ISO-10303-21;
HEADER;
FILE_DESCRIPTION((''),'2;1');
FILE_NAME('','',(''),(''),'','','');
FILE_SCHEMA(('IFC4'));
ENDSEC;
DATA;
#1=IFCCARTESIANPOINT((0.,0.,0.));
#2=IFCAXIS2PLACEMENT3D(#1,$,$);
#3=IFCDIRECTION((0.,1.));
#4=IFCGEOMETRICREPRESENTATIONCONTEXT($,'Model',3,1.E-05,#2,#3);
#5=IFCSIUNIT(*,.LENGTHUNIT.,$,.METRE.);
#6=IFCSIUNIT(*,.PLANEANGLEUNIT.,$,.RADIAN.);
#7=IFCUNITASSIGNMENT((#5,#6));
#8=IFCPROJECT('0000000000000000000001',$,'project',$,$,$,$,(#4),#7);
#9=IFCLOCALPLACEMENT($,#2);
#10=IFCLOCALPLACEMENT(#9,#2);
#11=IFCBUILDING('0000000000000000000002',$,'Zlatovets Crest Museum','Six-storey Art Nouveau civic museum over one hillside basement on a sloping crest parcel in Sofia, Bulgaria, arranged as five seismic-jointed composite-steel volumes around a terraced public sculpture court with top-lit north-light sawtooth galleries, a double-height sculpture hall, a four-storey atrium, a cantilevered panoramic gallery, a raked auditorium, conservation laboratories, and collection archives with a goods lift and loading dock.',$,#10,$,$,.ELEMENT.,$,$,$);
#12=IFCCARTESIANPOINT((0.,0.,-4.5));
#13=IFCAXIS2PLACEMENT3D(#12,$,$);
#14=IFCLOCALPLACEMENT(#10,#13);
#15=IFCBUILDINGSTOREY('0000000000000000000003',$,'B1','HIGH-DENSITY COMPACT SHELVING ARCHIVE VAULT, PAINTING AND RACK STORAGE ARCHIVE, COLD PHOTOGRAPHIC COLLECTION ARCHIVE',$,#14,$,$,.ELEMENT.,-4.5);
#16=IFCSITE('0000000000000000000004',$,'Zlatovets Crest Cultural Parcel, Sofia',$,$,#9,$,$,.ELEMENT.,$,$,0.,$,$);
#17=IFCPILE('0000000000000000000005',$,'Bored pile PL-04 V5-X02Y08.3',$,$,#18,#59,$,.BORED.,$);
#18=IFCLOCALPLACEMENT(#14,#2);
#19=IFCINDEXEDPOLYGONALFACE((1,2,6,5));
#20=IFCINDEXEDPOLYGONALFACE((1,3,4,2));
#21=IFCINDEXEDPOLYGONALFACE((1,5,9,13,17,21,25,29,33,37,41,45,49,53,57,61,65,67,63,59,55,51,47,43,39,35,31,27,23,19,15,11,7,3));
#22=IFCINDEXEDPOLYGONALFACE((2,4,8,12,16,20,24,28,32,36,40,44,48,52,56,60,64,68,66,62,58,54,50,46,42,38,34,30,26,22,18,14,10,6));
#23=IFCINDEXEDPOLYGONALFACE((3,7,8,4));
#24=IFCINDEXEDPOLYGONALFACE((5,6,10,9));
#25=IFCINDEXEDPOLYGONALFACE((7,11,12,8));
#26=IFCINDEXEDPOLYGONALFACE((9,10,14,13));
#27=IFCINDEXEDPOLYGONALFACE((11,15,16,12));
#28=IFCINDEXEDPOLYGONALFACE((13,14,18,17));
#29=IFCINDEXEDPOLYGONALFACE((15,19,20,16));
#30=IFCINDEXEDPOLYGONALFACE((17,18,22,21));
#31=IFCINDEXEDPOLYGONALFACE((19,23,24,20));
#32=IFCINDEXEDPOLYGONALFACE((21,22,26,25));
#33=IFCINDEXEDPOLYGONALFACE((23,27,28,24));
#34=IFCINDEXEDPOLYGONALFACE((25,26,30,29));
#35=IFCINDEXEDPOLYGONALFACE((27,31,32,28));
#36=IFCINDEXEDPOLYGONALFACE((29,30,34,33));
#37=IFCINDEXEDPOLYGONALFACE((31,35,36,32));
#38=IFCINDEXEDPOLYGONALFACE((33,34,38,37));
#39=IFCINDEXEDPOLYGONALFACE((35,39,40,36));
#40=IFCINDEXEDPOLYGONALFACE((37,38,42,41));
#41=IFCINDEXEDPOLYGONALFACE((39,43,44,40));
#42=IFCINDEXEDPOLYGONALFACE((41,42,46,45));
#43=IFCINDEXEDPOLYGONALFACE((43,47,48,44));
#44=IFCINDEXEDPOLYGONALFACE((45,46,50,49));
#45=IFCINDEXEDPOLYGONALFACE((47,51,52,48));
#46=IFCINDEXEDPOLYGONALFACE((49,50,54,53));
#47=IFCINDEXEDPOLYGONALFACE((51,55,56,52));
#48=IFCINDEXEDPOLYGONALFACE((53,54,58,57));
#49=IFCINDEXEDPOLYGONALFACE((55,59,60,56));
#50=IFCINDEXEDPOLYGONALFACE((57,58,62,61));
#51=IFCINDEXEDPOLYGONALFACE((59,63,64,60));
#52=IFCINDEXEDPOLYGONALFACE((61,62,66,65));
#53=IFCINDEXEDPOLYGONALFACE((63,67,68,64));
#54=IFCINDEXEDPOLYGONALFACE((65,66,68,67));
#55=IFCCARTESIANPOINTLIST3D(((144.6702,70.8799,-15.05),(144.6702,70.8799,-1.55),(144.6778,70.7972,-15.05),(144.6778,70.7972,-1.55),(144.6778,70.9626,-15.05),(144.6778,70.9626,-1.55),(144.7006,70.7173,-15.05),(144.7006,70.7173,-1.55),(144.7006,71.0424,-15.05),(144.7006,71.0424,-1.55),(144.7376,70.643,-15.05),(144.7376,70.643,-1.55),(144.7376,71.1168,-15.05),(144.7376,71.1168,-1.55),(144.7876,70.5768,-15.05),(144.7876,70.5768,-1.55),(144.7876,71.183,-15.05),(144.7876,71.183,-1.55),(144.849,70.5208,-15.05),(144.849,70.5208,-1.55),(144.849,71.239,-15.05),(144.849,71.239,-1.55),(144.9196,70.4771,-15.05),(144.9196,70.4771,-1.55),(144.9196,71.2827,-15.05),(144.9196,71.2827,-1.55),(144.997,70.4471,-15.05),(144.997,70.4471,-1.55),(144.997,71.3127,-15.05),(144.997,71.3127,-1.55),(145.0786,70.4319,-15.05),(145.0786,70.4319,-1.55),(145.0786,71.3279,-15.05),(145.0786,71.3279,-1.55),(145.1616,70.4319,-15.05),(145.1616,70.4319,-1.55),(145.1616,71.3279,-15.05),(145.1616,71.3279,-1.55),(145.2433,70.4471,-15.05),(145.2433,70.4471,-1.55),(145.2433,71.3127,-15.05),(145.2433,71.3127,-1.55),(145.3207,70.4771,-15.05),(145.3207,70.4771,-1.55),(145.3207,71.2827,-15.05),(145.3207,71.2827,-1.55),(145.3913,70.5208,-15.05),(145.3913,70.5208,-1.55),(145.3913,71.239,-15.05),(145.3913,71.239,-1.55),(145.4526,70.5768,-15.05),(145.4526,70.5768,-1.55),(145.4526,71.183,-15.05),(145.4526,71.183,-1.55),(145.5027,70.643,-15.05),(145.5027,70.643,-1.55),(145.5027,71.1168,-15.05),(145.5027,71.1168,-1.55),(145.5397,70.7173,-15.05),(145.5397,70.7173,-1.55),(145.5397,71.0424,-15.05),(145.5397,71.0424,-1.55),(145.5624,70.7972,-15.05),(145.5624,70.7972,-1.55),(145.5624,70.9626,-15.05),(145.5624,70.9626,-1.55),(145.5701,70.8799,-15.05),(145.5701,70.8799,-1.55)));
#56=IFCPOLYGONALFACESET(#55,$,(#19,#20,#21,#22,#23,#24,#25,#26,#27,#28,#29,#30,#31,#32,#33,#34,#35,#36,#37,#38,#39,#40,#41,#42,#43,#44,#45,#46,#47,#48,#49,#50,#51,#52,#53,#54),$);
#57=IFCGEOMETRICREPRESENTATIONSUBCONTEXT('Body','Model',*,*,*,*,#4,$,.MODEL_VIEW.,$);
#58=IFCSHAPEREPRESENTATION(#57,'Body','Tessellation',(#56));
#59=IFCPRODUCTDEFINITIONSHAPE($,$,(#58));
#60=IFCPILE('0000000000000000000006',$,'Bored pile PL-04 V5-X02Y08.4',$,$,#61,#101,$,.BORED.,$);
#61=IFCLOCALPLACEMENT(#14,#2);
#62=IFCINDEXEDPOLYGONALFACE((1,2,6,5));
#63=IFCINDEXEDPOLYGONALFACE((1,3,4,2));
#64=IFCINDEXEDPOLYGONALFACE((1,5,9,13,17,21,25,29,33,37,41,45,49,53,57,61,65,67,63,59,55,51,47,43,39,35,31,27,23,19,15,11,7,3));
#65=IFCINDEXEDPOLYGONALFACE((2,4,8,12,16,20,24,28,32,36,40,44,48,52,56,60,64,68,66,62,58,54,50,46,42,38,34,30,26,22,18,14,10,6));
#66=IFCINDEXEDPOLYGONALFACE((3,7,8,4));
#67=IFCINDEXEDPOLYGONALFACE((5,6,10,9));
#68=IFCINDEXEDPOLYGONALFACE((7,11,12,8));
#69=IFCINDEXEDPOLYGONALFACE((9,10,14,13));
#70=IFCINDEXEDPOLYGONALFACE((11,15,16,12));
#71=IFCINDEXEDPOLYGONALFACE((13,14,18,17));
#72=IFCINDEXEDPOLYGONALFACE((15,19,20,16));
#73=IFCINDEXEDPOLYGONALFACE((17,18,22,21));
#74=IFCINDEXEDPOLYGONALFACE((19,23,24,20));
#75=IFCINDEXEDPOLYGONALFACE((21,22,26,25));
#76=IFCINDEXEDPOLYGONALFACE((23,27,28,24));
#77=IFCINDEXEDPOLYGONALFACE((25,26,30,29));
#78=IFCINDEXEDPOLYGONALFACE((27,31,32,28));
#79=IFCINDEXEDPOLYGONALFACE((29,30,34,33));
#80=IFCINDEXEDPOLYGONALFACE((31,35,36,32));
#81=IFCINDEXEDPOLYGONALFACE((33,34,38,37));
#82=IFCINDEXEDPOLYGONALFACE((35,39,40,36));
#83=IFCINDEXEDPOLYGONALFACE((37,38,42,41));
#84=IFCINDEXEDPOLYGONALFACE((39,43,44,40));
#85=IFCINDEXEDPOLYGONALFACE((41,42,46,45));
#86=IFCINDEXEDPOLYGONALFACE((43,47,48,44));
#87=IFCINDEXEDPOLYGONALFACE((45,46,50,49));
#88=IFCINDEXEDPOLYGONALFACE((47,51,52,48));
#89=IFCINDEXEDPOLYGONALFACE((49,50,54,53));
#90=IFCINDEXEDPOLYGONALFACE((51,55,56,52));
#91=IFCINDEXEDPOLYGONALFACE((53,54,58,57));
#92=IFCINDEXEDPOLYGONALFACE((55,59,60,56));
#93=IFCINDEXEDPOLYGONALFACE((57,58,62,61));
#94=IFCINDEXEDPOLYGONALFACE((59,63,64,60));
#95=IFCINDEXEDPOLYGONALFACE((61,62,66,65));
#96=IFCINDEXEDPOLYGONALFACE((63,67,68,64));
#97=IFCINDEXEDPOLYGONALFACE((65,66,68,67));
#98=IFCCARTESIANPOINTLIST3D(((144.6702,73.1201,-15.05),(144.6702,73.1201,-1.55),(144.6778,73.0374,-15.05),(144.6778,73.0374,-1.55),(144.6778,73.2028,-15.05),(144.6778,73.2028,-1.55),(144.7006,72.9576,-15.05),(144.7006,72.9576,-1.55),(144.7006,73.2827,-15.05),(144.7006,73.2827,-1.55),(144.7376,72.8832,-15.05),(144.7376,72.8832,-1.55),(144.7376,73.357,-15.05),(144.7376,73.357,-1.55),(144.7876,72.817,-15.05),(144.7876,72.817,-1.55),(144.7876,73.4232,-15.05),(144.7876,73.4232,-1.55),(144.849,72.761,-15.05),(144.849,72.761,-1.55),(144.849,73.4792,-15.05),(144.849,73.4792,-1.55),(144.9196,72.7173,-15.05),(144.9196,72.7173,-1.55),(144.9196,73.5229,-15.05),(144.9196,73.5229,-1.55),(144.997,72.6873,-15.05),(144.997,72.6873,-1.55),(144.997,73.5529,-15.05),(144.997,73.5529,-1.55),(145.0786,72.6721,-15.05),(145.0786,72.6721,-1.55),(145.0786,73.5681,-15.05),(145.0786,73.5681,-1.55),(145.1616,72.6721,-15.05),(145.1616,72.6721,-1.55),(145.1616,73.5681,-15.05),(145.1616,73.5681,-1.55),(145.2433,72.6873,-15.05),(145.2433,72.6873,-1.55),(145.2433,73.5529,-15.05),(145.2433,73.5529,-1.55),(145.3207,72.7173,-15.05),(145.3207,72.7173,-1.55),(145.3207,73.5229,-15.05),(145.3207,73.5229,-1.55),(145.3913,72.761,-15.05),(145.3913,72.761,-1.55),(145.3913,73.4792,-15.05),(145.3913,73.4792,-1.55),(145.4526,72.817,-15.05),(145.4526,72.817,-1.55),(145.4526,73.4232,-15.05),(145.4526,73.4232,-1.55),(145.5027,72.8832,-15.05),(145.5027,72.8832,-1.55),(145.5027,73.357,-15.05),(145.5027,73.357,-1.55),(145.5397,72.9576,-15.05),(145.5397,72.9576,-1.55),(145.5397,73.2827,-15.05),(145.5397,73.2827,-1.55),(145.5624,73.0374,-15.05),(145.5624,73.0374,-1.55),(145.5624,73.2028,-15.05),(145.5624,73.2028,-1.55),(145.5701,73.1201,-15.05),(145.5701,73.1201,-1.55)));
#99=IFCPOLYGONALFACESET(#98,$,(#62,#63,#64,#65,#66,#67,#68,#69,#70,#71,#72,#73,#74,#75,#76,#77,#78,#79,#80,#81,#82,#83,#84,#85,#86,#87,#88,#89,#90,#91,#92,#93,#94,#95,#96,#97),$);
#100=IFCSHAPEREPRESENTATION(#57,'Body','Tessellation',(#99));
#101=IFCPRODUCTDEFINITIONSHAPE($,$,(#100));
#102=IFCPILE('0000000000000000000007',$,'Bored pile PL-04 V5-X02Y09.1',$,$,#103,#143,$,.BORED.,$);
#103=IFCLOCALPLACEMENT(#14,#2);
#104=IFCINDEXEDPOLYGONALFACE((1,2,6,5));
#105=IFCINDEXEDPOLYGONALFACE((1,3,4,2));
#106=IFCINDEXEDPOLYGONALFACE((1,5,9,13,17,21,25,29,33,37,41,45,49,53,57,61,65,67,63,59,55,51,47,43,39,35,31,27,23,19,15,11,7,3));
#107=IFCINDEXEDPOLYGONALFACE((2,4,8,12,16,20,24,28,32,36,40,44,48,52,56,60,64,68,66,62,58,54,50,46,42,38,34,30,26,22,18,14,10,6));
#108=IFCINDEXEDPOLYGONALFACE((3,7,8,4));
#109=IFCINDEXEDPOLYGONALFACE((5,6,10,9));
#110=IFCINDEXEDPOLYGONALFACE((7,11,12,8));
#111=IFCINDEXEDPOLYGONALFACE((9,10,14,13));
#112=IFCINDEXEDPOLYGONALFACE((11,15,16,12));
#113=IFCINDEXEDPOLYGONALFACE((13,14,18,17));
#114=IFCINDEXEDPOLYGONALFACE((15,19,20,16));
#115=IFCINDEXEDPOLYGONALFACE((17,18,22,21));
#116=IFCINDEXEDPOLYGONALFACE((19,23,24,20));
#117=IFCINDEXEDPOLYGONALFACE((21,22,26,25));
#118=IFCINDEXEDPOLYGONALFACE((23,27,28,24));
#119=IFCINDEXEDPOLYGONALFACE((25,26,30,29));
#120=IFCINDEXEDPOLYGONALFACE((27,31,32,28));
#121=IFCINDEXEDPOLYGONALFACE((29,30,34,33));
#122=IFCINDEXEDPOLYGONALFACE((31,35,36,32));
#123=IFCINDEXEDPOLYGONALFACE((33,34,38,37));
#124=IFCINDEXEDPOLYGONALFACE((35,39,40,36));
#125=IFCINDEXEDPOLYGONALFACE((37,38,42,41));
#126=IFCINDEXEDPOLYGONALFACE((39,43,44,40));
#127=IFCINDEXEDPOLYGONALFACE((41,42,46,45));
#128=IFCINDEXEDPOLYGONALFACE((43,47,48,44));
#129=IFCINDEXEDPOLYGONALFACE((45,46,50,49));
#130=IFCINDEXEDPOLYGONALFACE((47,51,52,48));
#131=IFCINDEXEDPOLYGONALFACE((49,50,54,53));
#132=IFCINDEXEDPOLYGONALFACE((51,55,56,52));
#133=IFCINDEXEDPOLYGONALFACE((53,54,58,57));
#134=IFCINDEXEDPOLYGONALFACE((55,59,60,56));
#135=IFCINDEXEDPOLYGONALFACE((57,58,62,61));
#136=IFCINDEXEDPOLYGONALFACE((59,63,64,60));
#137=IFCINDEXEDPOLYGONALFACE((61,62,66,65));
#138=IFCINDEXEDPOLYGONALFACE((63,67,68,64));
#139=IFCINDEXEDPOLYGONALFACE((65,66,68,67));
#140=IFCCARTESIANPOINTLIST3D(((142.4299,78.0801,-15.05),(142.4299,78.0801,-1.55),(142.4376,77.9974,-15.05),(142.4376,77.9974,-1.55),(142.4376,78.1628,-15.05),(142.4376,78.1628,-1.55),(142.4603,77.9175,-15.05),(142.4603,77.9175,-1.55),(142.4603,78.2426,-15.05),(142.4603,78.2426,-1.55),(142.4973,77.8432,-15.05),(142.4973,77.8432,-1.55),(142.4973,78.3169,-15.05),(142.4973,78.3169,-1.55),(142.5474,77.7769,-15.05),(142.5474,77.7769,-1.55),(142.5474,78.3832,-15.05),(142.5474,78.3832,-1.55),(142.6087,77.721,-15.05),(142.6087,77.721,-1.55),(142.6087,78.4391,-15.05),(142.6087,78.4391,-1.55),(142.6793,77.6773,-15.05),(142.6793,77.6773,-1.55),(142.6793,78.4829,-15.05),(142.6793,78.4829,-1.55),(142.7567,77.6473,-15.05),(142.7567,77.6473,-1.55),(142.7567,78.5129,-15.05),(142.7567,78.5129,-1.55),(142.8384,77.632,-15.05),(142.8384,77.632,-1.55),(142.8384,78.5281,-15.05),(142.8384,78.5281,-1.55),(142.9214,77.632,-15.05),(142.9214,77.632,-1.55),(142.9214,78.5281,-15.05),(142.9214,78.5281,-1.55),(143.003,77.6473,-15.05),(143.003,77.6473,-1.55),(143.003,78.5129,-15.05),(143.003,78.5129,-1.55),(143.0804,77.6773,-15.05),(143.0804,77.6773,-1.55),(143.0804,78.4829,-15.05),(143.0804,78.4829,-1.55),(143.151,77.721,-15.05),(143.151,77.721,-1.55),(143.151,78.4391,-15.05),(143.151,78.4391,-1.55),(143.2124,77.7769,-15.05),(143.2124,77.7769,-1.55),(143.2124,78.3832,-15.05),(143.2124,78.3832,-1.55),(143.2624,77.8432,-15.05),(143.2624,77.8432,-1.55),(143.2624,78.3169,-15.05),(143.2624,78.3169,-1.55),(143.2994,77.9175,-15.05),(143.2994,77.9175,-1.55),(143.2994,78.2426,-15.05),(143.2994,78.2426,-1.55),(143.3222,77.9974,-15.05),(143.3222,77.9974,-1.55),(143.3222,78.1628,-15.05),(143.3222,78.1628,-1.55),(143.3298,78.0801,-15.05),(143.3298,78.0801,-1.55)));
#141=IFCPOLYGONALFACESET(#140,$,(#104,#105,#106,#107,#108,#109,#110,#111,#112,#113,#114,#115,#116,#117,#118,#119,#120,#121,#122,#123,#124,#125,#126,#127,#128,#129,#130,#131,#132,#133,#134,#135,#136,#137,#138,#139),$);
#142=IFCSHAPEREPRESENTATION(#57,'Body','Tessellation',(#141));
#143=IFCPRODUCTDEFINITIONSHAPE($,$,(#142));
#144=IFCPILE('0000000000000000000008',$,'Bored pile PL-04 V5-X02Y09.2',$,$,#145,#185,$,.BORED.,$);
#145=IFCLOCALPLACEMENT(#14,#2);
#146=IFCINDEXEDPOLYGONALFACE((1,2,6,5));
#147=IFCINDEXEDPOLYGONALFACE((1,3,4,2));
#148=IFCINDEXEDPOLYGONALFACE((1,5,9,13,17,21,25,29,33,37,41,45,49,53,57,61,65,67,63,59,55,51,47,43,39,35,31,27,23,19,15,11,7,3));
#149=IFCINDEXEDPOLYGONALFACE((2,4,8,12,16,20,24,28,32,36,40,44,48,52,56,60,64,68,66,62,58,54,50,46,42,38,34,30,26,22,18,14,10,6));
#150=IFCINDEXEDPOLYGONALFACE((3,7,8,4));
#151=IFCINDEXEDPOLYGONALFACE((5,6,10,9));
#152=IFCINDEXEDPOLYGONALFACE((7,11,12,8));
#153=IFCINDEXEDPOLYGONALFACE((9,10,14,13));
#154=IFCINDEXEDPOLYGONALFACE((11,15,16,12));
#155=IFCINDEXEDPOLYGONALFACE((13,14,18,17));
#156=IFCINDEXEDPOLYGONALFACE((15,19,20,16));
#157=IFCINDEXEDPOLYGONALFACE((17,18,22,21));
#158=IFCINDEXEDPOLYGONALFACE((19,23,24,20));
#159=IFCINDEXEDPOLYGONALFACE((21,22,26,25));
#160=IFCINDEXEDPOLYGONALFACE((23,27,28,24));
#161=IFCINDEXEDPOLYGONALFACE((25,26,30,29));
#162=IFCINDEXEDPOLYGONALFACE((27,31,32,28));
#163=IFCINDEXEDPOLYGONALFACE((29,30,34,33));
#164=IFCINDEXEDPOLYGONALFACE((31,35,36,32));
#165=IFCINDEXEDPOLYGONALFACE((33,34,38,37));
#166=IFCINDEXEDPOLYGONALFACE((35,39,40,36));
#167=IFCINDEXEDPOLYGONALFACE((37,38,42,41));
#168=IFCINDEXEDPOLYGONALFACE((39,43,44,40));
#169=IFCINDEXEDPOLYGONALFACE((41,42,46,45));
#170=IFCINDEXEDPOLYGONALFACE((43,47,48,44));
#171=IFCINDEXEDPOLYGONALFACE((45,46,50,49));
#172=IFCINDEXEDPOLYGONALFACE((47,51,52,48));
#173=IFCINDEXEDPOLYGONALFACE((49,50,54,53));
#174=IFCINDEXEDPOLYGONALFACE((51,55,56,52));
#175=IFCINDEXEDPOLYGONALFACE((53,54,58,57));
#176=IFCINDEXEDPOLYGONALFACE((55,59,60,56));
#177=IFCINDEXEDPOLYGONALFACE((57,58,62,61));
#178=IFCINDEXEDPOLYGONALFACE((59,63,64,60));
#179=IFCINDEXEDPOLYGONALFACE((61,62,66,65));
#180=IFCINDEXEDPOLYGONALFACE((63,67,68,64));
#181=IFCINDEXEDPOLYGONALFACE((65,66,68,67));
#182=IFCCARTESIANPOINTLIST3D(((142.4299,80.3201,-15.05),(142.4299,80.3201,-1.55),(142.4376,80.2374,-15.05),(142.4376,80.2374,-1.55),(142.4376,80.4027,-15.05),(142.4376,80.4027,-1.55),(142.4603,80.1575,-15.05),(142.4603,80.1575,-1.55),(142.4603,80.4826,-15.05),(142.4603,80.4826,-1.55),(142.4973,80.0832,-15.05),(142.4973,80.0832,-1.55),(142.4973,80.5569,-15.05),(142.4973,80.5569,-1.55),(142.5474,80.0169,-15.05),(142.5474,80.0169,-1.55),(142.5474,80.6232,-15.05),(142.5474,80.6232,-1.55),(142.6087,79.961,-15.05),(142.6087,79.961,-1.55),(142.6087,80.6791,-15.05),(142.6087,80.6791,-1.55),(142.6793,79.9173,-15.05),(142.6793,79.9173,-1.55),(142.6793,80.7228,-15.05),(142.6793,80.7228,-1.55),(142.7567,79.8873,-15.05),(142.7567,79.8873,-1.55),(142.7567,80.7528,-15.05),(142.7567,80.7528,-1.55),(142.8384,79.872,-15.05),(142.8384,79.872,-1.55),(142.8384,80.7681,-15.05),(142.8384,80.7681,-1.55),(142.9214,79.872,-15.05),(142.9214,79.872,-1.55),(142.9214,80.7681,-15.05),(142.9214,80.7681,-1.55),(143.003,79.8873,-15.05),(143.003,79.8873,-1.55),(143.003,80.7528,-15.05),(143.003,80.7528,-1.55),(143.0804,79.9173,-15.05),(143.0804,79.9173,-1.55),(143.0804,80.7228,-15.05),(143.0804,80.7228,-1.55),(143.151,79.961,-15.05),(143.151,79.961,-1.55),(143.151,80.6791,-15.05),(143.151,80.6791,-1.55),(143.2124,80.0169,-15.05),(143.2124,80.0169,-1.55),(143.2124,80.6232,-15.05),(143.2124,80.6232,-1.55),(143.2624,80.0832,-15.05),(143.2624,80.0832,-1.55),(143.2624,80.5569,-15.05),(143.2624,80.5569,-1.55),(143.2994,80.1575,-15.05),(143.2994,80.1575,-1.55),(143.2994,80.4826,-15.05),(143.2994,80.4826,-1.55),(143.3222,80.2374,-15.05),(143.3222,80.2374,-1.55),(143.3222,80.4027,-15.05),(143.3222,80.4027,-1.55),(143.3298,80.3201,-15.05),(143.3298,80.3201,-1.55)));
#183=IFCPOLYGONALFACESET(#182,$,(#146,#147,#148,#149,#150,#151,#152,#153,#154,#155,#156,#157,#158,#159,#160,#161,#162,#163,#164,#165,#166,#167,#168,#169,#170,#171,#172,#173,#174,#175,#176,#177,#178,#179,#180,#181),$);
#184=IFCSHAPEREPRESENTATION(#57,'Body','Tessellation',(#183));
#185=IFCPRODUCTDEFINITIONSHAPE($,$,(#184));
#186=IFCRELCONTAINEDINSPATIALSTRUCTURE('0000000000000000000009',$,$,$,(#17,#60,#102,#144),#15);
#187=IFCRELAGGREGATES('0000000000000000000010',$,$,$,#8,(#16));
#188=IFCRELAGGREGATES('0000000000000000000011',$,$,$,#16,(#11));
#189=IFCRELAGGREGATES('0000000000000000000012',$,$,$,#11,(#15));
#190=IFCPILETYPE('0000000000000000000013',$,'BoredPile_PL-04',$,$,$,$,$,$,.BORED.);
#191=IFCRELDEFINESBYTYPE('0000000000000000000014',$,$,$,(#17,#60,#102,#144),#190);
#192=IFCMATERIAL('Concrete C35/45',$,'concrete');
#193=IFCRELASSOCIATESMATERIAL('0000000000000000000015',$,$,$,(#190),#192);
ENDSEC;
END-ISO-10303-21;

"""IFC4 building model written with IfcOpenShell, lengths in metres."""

from ifc_helpers import new_model, si_unit, direction, frame, origin, origin_2d, place, context, subcontext, project, spatial, circle, extrude, material, material_profile, profile_set, type_object, element, save


model = new_model("IFC4")

# Units and contexts
model_context = context("Model", 3, precision=1e-05, world=origin(), true_north=direction((0.0, 1.0)))
body_context = subcontext(model_context, "Body", "Model", "MODEL_VIEW")
ifc_project = project(units=[si_unit("LENGTHUNIT", "METRE"), si_unit("PLANEANGLEUNIT", "RADIAN")], contexts=[model_context])

# Site, building, storey
site_placement = place(None, origin())
site = spatial("IfcSite", under=ifc_project, at=site_placement, Name="Zlatovets Crest Cultural Parcel, Sofia", CompositionType="ELEMENT", RefElevation=0.0)
building_placement = place(site_placement, origin())
building = spatial("IfcBuilding", under=site, at=building_placement, Name="Zlatovets Crest Museum", Description="Six-storey Art Nouveau civic museum over one hillside basement on a sloping crest parcel in Sofia, Bulgaria, arranged as five seismic-jointed composite-steel volumes around a terraced public sculpture court with top-lit north-light sawtooth galleries, a double-height sculpture hall, a four-storey atrium, a cantilevered panoramic gallery, a raked auditorium, conservation laboratories, and collection archives with a goods lift and loading dock.", CompositionType="ELEMENT")
storey_placement = place(building_placement, frame((0.0, 0.0, -4.5)))
storey = spatial("IfcBuildingStorey", under=building, at=storey_placement, Name="B1", Description="HIGH-DENSITY COMPACT SHELVING ARCHIVE VAULT, PAINTING AND RACK STORAGE ARCHIVE, COLD PHOTOGRAPHIC COLLECTION ARCHIVE", CompositionType="ELEMENT", Elevation=-4.5)

# Piles
ifc_material_1 = material(Name="Concrete C35/45", Category="concrete")
ifc_material_profile_1 = material_profile(ifc_material_1, circle(Radius=0.45, at=origin_2d()), Name="PILE D900")
ifc_profile_set_1 = profile_set([ifc_material_profile_1], Name="Concrete C35/45")
pile_type = type_object("IfcPileType", Name="BoredPile_PL-04", PredefinedType="BORED", material=ifc_profile_set_1)
for number, where, z_axis, x_axis, name in (
    (1, (145.1201, 70.8799, -1.55), (0.0, 0.0, -1.0), (1.0, 0.0, 0.0), "Bored pile PL-04 V5-X02Y08.3"),
    (2, (145.1201, 73.1201, -1.55), (0.0, 0.0, -1.0), (1.0, 0.0, 0.0), "Bored pile PL-04 V5-X02Y08.4"),
    (3, (142.8799, 78.0801, -1.55), (0.0, 0.0, -1.0), (1.0, 0.0, 0.0), "Bored pile PL-04 V5-X02Y09.1"),
    (4, (142.8799, 80.3201, -1.55), (0.0, 0.0, -1.0), (1.0, 0.0, 0.0), "Bored pile PL-04 V5-X02Y09.2"),
):
    element("IfcPile", number, at=place(storey_placement, frame(where, z_axis=z_axis, x_axis=x_axis)), inside=storey, type_object=pile_type, Name=name, PredefinedType="BORED", context=body_context, shape_type="SweptSolid", body=[
        extrude(circle(Radius=0.45, at=origin_2d()), origin(), (0.0, 0.0, 1.0), 13.5),
    ])

save(model, "model.ifc")
